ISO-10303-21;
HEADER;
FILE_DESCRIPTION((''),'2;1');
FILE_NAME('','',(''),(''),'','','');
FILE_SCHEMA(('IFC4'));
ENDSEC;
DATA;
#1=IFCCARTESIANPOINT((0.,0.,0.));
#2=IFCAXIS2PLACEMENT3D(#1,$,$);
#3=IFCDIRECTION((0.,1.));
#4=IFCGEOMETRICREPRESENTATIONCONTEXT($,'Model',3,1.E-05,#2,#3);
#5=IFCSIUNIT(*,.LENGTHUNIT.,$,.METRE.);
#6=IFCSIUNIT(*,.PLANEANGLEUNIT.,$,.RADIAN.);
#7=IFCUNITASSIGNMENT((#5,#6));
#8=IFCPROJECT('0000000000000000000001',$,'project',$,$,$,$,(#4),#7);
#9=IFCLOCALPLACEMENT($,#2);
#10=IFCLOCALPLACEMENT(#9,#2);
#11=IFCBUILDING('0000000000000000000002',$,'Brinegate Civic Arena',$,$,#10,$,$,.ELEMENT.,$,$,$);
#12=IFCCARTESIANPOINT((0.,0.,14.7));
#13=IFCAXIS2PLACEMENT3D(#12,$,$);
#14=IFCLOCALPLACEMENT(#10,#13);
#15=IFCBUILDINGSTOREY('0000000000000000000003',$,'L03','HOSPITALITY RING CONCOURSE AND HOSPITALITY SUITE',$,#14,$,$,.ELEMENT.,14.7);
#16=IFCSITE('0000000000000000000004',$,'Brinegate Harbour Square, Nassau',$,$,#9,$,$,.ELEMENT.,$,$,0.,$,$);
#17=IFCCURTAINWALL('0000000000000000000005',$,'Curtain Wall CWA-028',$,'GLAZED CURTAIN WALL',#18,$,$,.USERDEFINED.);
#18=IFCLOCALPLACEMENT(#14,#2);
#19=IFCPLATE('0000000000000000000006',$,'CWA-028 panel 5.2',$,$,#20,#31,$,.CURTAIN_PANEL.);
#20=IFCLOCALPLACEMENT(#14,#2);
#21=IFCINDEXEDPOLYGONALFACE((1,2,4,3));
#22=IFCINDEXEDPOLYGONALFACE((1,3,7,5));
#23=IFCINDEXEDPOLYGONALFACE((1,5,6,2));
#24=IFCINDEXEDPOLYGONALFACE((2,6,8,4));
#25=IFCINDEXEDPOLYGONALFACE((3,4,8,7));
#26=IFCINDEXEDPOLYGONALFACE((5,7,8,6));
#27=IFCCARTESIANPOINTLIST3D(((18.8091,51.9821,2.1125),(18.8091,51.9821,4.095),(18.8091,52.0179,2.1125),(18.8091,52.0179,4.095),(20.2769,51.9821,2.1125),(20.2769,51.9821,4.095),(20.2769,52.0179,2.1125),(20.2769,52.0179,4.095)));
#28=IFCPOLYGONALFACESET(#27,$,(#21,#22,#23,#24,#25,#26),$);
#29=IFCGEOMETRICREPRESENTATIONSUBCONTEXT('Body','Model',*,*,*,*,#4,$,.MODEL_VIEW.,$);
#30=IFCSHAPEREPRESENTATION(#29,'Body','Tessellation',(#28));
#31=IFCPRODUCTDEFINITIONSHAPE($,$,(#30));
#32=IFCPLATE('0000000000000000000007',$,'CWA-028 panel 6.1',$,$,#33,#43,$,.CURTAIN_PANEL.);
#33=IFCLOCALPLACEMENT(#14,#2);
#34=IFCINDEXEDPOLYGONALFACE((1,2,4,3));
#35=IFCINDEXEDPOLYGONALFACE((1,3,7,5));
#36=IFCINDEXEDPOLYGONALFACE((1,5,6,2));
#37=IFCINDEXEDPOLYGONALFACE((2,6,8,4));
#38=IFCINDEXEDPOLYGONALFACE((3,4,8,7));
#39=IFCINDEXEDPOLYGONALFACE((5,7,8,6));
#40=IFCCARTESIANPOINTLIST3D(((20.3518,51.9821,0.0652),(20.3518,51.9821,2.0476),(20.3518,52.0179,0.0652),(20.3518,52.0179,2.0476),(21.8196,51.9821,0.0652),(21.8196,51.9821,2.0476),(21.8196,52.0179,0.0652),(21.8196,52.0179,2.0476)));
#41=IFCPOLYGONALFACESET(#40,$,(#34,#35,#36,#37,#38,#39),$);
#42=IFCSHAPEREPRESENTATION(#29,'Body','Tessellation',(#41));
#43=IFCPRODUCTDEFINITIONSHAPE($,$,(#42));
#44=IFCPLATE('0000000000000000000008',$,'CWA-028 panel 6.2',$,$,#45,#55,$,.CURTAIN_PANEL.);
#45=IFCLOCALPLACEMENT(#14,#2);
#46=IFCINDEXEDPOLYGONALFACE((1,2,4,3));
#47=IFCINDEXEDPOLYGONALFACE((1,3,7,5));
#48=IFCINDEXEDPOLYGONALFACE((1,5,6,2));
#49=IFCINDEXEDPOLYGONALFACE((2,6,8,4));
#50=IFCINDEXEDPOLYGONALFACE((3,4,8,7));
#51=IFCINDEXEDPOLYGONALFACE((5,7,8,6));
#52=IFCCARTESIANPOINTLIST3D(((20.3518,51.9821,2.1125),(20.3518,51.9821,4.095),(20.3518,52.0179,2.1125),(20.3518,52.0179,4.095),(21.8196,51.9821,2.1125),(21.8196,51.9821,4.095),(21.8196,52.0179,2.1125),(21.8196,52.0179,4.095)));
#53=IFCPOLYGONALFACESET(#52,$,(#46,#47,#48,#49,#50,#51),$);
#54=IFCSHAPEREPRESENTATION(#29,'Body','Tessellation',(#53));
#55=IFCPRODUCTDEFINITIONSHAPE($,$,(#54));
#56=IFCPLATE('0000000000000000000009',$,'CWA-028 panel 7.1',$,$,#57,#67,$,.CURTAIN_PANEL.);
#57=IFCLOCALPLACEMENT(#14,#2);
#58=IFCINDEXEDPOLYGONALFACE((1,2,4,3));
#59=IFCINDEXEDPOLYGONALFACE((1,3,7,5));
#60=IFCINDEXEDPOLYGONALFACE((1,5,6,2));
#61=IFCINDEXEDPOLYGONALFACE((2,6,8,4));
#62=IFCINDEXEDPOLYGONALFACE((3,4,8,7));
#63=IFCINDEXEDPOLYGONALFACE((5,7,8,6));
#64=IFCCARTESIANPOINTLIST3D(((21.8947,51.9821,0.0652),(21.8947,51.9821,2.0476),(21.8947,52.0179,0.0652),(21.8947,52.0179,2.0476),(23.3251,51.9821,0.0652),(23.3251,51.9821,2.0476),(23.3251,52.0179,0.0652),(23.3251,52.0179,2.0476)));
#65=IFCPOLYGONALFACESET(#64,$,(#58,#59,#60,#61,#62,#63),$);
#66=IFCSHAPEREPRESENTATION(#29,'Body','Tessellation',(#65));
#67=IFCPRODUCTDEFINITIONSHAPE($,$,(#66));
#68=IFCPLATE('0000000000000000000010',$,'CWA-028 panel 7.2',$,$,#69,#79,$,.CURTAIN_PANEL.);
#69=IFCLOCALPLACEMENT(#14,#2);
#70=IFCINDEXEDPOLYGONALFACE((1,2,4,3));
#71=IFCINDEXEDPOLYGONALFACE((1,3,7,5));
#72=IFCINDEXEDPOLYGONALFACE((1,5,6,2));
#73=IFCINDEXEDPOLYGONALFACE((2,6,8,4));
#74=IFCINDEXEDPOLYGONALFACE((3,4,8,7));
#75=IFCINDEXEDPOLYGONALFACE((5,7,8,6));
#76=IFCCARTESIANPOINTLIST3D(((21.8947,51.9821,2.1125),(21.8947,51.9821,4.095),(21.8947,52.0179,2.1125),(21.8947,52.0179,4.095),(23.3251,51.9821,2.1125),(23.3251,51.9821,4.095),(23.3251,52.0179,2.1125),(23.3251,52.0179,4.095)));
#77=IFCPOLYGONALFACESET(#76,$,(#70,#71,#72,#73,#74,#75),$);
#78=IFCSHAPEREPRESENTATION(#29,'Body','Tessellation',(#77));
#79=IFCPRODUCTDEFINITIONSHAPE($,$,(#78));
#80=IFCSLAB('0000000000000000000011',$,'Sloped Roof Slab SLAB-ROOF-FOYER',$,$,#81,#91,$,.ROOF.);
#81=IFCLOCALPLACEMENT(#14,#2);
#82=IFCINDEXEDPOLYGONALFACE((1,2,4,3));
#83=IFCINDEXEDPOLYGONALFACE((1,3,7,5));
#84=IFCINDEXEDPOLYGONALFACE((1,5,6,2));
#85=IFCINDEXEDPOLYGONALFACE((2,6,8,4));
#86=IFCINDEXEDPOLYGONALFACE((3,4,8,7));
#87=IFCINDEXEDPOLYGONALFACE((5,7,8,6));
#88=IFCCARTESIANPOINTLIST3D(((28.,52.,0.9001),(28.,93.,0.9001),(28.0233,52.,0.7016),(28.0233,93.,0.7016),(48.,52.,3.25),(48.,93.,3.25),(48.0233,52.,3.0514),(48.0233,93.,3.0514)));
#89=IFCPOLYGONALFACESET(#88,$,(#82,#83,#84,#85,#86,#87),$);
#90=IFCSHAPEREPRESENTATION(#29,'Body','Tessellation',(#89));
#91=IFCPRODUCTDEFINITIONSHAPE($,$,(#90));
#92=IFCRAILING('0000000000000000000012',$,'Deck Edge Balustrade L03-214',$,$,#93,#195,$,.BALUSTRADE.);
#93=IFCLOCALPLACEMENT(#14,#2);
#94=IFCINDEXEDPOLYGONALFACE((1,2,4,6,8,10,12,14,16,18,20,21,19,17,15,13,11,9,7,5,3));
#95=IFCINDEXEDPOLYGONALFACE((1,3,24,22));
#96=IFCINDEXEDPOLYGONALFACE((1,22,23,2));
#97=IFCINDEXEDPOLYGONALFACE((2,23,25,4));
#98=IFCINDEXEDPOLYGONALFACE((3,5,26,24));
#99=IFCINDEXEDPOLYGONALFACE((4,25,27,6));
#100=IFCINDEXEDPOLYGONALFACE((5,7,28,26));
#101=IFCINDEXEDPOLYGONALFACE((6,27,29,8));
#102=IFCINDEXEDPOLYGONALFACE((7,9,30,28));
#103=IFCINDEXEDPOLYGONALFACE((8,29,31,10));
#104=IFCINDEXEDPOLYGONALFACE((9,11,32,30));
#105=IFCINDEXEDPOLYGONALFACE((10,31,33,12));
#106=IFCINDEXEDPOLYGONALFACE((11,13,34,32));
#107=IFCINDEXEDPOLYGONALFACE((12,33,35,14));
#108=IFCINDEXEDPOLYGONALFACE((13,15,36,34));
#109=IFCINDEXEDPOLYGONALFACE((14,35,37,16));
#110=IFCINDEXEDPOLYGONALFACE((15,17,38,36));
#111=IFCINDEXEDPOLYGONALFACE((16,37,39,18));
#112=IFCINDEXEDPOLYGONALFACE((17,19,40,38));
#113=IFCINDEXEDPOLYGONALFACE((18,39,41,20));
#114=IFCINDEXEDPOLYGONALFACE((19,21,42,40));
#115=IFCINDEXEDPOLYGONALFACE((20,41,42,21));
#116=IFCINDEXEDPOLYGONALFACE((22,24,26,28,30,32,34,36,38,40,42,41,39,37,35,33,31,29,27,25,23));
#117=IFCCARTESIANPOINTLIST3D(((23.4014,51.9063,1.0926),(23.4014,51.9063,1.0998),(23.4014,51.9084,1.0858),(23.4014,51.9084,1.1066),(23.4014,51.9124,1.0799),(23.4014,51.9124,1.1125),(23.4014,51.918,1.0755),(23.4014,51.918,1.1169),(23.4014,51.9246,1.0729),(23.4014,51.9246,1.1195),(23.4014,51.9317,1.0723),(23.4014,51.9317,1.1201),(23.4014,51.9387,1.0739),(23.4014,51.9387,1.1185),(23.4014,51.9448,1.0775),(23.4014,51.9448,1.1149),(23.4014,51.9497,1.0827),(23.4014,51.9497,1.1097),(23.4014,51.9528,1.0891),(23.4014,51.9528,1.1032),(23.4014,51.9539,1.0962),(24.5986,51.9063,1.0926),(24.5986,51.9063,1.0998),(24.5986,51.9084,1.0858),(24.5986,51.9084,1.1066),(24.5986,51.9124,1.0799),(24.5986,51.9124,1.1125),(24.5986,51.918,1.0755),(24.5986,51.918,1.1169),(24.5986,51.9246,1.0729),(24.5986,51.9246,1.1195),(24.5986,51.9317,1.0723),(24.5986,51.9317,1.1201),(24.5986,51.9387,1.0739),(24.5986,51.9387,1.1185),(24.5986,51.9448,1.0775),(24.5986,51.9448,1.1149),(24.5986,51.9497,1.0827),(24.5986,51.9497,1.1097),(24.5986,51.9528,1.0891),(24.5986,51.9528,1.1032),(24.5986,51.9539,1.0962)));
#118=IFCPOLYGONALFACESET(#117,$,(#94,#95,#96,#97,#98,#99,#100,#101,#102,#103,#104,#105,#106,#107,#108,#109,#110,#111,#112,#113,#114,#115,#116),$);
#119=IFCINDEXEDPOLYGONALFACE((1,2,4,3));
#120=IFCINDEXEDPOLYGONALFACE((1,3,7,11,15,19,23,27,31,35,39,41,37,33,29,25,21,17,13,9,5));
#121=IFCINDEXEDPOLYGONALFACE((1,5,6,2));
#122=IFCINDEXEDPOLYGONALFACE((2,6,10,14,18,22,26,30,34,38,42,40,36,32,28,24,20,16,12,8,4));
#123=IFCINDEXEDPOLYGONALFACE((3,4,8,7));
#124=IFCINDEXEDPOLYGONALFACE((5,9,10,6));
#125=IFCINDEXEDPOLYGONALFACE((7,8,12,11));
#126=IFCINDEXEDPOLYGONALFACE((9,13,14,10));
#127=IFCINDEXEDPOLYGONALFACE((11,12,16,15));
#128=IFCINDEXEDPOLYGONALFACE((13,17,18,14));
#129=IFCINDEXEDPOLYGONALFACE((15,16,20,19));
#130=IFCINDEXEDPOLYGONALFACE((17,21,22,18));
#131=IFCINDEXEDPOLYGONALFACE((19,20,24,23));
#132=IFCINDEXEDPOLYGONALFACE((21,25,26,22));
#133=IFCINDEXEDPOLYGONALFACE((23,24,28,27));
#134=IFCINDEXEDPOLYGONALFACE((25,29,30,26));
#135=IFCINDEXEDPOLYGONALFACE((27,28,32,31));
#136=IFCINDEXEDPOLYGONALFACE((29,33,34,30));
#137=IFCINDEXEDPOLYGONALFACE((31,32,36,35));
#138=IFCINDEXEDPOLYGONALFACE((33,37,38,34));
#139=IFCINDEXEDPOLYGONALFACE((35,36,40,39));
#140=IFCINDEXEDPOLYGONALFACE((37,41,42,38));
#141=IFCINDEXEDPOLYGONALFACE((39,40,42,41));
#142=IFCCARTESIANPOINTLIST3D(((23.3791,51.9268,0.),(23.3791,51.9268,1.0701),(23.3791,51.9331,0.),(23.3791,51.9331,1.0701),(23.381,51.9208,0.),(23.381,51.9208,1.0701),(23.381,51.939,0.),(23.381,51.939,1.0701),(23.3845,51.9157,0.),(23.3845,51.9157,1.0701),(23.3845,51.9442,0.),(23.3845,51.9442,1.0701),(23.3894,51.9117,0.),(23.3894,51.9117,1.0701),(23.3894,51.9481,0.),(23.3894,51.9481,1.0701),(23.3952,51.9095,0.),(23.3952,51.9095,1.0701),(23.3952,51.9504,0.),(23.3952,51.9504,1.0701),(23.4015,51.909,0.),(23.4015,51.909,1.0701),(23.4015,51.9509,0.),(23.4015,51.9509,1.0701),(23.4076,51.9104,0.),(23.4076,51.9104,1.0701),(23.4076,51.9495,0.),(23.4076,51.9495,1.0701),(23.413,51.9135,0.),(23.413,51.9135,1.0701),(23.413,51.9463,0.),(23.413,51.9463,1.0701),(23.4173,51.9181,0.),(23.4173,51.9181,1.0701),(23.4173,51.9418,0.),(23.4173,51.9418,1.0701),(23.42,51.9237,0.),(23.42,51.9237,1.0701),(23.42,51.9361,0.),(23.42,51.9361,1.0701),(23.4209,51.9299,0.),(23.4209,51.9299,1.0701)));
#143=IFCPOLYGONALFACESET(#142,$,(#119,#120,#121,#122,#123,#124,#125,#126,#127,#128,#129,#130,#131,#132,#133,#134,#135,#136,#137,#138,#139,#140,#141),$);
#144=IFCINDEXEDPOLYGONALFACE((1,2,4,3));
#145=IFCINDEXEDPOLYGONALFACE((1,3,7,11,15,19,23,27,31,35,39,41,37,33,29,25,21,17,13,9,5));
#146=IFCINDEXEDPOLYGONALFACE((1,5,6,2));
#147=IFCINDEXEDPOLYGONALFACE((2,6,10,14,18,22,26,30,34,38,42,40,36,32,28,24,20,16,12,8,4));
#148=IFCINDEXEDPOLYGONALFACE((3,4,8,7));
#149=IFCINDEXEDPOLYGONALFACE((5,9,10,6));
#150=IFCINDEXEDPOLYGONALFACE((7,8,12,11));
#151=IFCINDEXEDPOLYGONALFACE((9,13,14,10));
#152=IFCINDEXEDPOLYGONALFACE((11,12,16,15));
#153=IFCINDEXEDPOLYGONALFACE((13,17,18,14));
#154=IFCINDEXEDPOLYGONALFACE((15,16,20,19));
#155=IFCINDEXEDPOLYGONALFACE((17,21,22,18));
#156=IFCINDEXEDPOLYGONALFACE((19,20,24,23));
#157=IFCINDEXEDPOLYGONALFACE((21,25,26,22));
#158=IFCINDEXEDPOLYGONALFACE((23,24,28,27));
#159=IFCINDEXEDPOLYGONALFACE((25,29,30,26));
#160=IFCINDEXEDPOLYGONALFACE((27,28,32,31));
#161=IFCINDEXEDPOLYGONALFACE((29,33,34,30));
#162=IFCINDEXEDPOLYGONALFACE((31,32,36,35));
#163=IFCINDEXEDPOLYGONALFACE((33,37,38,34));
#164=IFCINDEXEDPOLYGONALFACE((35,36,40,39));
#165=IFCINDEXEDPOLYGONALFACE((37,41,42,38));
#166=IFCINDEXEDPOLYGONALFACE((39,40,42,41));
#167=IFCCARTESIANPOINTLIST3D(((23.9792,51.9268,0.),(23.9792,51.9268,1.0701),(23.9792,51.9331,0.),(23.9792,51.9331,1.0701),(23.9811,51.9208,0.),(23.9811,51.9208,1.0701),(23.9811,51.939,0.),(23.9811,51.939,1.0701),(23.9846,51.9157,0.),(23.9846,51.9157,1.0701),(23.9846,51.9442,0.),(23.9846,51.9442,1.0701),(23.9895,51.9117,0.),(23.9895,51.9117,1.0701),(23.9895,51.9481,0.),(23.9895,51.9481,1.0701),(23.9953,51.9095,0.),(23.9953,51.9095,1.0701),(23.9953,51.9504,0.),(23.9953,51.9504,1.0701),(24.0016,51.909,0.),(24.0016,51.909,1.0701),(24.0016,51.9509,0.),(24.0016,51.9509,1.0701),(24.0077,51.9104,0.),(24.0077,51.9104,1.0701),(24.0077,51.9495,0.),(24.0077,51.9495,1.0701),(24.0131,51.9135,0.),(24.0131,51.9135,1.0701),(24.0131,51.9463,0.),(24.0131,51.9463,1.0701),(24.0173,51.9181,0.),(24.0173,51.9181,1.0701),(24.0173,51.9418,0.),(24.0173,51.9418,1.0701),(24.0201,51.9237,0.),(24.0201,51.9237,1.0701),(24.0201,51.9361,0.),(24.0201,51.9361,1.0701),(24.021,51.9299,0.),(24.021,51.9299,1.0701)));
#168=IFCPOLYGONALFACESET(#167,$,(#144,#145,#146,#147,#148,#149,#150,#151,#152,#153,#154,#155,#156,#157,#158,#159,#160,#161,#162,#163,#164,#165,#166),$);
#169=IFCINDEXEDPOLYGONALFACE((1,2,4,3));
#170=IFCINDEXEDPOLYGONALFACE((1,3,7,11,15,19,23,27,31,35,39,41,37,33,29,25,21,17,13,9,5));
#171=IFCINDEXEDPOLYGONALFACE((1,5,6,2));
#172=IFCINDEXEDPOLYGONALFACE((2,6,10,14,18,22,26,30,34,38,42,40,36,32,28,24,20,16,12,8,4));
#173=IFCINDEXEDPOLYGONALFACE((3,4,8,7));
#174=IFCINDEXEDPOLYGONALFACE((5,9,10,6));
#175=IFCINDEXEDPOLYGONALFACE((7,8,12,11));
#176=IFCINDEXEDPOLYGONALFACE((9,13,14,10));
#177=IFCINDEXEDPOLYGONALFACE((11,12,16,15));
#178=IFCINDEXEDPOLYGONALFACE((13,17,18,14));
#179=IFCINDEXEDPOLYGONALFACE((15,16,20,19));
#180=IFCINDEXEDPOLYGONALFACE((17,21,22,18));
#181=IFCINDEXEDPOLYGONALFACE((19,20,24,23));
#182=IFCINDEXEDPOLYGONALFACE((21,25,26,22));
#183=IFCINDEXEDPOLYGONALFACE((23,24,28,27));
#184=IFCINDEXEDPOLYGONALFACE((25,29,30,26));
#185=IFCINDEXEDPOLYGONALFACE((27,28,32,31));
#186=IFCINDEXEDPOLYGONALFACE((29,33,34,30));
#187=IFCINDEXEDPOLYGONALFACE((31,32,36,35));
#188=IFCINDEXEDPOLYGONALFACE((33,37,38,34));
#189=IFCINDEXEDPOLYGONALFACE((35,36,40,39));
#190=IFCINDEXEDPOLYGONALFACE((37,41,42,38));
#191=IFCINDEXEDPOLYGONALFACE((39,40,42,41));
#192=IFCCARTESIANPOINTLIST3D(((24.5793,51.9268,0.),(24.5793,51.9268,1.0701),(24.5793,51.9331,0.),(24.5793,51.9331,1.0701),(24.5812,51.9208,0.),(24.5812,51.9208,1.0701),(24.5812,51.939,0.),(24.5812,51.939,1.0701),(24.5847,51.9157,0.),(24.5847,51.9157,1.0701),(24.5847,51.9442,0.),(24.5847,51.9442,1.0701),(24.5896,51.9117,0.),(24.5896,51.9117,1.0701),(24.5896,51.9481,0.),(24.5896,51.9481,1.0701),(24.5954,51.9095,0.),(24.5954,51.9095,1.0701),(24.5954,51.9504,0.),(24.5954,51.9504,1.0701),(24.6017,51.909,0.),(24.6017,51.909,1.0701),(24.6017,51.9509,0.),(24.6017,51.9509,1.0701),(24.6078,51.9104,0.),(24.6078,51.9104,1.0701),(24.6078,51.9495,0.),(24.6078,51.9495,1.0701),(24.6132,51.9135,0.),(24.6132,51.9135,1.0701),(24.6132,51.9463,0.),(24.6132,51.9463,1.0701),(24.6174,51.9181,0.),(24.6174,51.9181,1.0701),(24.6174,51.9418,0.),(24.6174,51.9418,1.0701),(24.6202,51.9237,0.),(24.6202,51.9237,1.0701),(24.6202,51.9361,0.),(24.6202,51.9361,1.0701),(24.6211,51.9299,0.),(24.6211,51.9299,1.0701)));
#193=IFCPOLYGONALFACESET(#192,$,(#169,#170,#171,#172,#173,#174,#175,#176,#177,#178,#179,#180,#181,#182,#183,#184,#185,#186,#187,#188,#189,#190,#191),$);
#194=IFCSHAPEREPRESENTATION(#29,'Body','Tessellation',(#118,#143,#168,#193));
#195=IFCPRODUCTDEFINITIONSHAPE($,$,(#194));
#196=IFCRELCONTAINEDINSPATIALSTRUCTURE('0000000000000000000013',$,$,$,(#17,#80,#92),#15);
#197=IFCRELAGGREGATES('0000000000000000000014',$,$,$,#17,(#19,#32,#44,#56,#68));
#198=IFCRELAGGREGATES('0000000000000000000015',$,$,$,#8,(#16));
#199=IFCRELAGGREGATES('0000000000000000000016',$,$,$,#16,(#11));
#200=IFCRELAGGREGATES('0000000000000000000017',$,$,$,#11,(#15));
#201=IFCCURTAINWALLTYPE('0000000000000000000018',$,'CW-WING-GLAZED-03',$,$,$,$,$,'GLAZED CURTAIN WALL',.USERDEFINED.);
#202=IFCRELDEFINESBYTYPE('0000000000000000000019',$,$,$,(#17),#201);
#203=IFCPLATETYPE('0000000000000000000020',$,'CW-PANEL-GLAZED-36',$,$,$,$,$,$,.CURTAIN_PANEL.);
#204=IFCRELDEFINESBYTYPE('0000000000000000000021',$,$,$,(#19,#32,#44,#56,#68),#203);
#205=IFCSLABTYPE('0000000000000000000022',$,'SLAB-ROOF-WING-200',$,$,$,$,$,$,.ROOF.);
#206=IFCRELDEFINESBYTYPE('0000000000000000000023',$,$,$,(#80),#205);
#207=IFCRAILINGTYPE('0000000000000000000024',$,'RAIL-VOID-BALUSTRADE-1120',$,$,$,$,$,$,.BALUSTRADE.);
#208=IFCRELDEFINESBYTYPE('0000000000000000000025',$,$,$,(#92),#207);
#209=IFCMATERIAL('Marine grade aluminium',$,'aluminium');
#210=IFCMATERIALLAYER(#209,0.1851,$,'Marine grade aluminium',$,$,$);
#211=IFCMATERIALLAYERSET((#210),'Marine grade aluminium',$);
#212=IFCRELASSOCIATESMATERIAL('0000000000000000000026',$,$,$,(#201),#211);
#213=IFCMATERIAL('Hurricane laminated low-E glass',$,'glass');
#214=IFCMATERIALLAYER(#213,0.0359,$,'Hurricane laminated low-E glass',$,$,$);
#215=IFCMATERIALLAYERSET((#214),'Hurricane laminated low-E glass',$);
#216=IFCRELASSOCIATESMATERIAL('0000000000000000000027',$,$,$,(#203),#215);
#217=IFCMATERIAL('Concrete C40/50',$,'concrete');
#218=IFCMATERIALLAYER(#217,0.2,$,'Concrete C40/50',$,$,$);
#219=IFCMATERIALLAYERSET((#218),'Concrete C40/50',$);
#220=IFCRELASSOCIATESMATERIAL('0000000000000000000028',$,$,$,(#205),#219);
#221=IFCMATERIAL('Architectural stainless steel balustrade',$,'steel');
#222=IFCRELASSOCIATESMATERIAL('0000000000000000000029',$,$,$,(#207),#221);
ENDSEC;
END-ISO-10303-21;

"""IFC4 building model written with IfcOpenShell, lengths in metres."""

from ifc_helpers import new_model, si_unit, direction, frame, origin, origin_2d, place, context, subcontext, project, spatial, polyline, rectangle, circle, outline, extrude, material, layer, layer_set, type_object, element, aggregate, save


model = new_model("IFC4")

# Units and contexts
model_context = context("Model", 3, precision=1e-05, world=origin(), true_north=direction((0.0, 1.0)))
body_context = subcontext(model_context, "Body", "Model", "MODEL_VIEW")
ifc_project = project(units=[si_unit("LENGTHUNIT", "METRE"), si_unit("PLANEANGLEUNIT", "RADIAN")], contexts=[model_context])

# Site, building, storey
site_placement = place(None, origin())
site = spatial("IfcSite", under=ifc_project, at=site_placement, Name="Brinegate Harbour Square, Nassau", CompositionType="ELEMENT", RefElevation=0.0)
building_placement = place(site_placement, origin())
building = spatial("IfcBuilding", under=site, at=building_placement, Name="Brinegate Civic Arena", CompositionType="ELEMENT")
storey_placement = place(building_placement, frame((0.0, 0.0, 14.7)))
storey = spatial("IfcBuildingStorey", under=building, at=storey_placement, Name="L03", Description="HOSPITALITY RING CONCOURSE AND HOSPITALITY SUITE", CompositionType="ELEMENT", Elevation=14.7)

# Curtain wall
ifc_material_1 = material(Name="Marine grade aluminium", Category="aluminium")
ifc_layer_1 = layer(ifc_material_1, 0.1851, Name="Marine grade aluminium")
ifc_layer_set_1 = layer_set([ifc_layer_1], Name="Marine grade aluminium")
curtain_wall_type = type_object("IfcCurtainWallType", Name="CW-WING-GLAZED-03", ElementType="GLAZED CURTAIN WALL", PredefinedType="USERDEFINED", material=ifc_layer_set_1)
curtain_wall_1_placement = place(storey_placement, origin())
curtain_wall_1 = element("IfcCurtainWall", 1, at=curtain_wall_1_placement, inside=storey, type_object=curtain_wall_type, Name="Curtain Wall CWA-028", ObjectType="GLAZED CURTAIN WALL", PredefinedType="USERDEFINED")

# Plates
ifc_material_2 = material(Name="Hurricane laminated low-E glass", Category="glass")
ifc_layer_2 = layer(ifc_material_2, 0.0359, Name="Hurricane laminated low-E glass")
ifc_layer_set_2 = layer_set([ifc_layer_2], Name="Hurricane laminated low-E glass")
plate_type_1 = type_object("IfcPlateType", Name="CW-PANEL-GLAZED-36", PredefinedType="CURTAIN_PANEL", material=ifc_layer_set_2)
plate_1_placement = place(storey_placement, frame((19.543, 52.0, 2.1125), z_axis=(0.0, 0.0, 1.0), x_axis=(1.0, 0.0, 0.0)))
plate_1 = element("IfcPlate", 2, at=plate_1_placement, type_object=plate_type_1, Name="CWA-028 panel 5.2", PredefinedType="CURTAIN_PANEL", context=body_context, shape_type="SweptSolid", body=[
    extrude(rectangle(XDim=1.4678, YDim=0.0359, at=origin_2d()), origin(), (0.0, 0.0, 1.0), 1.9824),
])
plate_2_placement = place(storey_placement, frame((21.0857, 52.0, 0.0652), z_axis=(0.0, 0.0, 1.0), x_axis=(1.0, 0.0, 0.0)))
plate_2 = element("IfcPlate", 3, at=plate_2_placement, type_object=plate_type_1, Name="CWA-028 panel 6.1", PredefinedType="CURTAIN_PANEL", context=body_context, shape_type="SweptSolid", body=[
    extrude(rectangle(XDim=1.4678, YDim=0.0359, at=origin_2d()), origin(), (0.0, 0.0, 1.0), 1.9824),
])
plate_3_placement = place(storey_placement, frame((21.0857, 52.0, 2.1125), z_axis=(0.0, 0.0, 1.0), x_axis=(1.0, 0.0, 0.0)))
plate_3 = element("IfcPlate", 4, at=plate_3_placement, type_object=plate_type_1, Name="CWA-028 panel 6.2", PredefinedType="CURTAIN_PANEL", context=body_context, shape_type="SweptSolid", body=[
    extrude(rectangle(XDim=1.4678, YDim=0.0359, at=origin_2d()), origin(), (0.0, 0.0, 1.0), 1.9824),
])
plate_4_placement = place(storey_placement, frame((22.6099, 52.0, 0.0652), z_axis=(0.0, 0.0, 1.0), x_axis=(1.0, 0.0, 0.0)))
plate_4 = element("IfcPlate", 5, at=plate_4_placement, type_object=plate_type_1, Name="CWA-028 panel 7.1", PredefinedType="CURTAIN_PANEL", context=body_context, shape_type="SweptSolid", body=[
    extrude(rectangle(XDim=1.4304, YDim=0.0359, at=origin_2d()), origin(), (0.0, 0.0, 1.0), 1.9824),
])
plate_5_placement = place(storey_placement, frame((22.6099, 52.0, 2.1125), z_axis=(0.0, 0.0, 1.0), x_axis=(1.0, 0.0, 0.0)))
plate_5 = element("IfcPlate", 6, at=plate_5_placement, type_object=plate_type_1, Name="CWA-028 panel 7.2", PredefinedType="CURTAIN_PANEL", context=body_context, shape_type="SweptSolid", body=[
    extrude(rectangle(XDim=1.4304, YDim=0.0359, at=origin_2d()), origin(), (0.0, 0.0, 1.0), 1.9824),
])
aggregate(curtain_wall_1, [plate_1, plate_2, plate_3, plate_4, plate_5])

# Slab
ifc_material_3 = material(Name="Concrete C40/50", Category="concrete")
ifc_layer_3 = layer(ifc_material_3, 0.2, Name="Concrete C40/50")
ifc_layer_set_3 = layer_set([ifc_layer_3], Name="Concrete C40/50")
slab_type = type_object("IfcSlabType", Name="SLAB-ROOF-WING-200", PredefinedType="ROOF", material=ifc_layer_set_3)
slab_placement = place(storey_placement, frame((28.0, 52.0, 0.9001), z_axis=(-0.11669, 0.0, 0.993168), x_axis=(0.993168, 0.0, 0.11669)))
element("IfcSlab", 7, at=slab_placement, inside=storey, type_object=slab_type, Name="Sloped Roof Slab SLAB-ROOF-FOYER", PredefinedType="ROOF", context=body_context, shape_type="SweptSolid", body=[
    extrude(outline(polyline([(0.0, 0.0), (20.1376, 0.0), (20.1376, 41.0), (0.0, 41.0), (0.0, 0.0)])), origin(), (0.0, 0.0, -1.0), 0.2),
])

# Railing
ifc_material_4 = material(Name="Architectural stainless steel balustrade", Category="steel")
railing_type = type_object("IfcRailingType", Name="RAIL-VOID-BALUSTRADE-1120", PredefinedType="BALUSTRADE", material=ifc_material_4)
railing_placement = place(storey_placement, frame((23.3999, 51.9299, 0.0)))
element("IfcRailing", 8, at=railing_placement, inside=storey, type_object=railing_type, Name="Deck Edge Balustrade L03-214", PredefinedType="BALUSTRADE", context=body_context, shape_type="SweptSolid", body=[
    extrude(circle(Radius=0.0239, at=origin_2d()), frame((0.0015, 0.0, 1.0962), z_axis=(1.0, 0.0, 0.0), x_axis=(0.0, 1.0, 0.0)), (0.0, 0.0, 1.0), 1.1973),
    extrude(circle(Radius=0.021, at=origin_2d()), origin(), (0.0, 0.0, 1.0), 1.0701),
    extrude(circle(Radius=0.021, at=origin_2d()), frame((0.6001, 0.0, 0.0)), (0.0, 0.0, 1.0), 1.0701),
    extrude(circle(Radius=0.021, at=origin_2d()), frame((1.2002, 0.0, 0.0)), (0.0, 0.0, 1.0), 1.0701),
])

save(model, "model.ifc")
